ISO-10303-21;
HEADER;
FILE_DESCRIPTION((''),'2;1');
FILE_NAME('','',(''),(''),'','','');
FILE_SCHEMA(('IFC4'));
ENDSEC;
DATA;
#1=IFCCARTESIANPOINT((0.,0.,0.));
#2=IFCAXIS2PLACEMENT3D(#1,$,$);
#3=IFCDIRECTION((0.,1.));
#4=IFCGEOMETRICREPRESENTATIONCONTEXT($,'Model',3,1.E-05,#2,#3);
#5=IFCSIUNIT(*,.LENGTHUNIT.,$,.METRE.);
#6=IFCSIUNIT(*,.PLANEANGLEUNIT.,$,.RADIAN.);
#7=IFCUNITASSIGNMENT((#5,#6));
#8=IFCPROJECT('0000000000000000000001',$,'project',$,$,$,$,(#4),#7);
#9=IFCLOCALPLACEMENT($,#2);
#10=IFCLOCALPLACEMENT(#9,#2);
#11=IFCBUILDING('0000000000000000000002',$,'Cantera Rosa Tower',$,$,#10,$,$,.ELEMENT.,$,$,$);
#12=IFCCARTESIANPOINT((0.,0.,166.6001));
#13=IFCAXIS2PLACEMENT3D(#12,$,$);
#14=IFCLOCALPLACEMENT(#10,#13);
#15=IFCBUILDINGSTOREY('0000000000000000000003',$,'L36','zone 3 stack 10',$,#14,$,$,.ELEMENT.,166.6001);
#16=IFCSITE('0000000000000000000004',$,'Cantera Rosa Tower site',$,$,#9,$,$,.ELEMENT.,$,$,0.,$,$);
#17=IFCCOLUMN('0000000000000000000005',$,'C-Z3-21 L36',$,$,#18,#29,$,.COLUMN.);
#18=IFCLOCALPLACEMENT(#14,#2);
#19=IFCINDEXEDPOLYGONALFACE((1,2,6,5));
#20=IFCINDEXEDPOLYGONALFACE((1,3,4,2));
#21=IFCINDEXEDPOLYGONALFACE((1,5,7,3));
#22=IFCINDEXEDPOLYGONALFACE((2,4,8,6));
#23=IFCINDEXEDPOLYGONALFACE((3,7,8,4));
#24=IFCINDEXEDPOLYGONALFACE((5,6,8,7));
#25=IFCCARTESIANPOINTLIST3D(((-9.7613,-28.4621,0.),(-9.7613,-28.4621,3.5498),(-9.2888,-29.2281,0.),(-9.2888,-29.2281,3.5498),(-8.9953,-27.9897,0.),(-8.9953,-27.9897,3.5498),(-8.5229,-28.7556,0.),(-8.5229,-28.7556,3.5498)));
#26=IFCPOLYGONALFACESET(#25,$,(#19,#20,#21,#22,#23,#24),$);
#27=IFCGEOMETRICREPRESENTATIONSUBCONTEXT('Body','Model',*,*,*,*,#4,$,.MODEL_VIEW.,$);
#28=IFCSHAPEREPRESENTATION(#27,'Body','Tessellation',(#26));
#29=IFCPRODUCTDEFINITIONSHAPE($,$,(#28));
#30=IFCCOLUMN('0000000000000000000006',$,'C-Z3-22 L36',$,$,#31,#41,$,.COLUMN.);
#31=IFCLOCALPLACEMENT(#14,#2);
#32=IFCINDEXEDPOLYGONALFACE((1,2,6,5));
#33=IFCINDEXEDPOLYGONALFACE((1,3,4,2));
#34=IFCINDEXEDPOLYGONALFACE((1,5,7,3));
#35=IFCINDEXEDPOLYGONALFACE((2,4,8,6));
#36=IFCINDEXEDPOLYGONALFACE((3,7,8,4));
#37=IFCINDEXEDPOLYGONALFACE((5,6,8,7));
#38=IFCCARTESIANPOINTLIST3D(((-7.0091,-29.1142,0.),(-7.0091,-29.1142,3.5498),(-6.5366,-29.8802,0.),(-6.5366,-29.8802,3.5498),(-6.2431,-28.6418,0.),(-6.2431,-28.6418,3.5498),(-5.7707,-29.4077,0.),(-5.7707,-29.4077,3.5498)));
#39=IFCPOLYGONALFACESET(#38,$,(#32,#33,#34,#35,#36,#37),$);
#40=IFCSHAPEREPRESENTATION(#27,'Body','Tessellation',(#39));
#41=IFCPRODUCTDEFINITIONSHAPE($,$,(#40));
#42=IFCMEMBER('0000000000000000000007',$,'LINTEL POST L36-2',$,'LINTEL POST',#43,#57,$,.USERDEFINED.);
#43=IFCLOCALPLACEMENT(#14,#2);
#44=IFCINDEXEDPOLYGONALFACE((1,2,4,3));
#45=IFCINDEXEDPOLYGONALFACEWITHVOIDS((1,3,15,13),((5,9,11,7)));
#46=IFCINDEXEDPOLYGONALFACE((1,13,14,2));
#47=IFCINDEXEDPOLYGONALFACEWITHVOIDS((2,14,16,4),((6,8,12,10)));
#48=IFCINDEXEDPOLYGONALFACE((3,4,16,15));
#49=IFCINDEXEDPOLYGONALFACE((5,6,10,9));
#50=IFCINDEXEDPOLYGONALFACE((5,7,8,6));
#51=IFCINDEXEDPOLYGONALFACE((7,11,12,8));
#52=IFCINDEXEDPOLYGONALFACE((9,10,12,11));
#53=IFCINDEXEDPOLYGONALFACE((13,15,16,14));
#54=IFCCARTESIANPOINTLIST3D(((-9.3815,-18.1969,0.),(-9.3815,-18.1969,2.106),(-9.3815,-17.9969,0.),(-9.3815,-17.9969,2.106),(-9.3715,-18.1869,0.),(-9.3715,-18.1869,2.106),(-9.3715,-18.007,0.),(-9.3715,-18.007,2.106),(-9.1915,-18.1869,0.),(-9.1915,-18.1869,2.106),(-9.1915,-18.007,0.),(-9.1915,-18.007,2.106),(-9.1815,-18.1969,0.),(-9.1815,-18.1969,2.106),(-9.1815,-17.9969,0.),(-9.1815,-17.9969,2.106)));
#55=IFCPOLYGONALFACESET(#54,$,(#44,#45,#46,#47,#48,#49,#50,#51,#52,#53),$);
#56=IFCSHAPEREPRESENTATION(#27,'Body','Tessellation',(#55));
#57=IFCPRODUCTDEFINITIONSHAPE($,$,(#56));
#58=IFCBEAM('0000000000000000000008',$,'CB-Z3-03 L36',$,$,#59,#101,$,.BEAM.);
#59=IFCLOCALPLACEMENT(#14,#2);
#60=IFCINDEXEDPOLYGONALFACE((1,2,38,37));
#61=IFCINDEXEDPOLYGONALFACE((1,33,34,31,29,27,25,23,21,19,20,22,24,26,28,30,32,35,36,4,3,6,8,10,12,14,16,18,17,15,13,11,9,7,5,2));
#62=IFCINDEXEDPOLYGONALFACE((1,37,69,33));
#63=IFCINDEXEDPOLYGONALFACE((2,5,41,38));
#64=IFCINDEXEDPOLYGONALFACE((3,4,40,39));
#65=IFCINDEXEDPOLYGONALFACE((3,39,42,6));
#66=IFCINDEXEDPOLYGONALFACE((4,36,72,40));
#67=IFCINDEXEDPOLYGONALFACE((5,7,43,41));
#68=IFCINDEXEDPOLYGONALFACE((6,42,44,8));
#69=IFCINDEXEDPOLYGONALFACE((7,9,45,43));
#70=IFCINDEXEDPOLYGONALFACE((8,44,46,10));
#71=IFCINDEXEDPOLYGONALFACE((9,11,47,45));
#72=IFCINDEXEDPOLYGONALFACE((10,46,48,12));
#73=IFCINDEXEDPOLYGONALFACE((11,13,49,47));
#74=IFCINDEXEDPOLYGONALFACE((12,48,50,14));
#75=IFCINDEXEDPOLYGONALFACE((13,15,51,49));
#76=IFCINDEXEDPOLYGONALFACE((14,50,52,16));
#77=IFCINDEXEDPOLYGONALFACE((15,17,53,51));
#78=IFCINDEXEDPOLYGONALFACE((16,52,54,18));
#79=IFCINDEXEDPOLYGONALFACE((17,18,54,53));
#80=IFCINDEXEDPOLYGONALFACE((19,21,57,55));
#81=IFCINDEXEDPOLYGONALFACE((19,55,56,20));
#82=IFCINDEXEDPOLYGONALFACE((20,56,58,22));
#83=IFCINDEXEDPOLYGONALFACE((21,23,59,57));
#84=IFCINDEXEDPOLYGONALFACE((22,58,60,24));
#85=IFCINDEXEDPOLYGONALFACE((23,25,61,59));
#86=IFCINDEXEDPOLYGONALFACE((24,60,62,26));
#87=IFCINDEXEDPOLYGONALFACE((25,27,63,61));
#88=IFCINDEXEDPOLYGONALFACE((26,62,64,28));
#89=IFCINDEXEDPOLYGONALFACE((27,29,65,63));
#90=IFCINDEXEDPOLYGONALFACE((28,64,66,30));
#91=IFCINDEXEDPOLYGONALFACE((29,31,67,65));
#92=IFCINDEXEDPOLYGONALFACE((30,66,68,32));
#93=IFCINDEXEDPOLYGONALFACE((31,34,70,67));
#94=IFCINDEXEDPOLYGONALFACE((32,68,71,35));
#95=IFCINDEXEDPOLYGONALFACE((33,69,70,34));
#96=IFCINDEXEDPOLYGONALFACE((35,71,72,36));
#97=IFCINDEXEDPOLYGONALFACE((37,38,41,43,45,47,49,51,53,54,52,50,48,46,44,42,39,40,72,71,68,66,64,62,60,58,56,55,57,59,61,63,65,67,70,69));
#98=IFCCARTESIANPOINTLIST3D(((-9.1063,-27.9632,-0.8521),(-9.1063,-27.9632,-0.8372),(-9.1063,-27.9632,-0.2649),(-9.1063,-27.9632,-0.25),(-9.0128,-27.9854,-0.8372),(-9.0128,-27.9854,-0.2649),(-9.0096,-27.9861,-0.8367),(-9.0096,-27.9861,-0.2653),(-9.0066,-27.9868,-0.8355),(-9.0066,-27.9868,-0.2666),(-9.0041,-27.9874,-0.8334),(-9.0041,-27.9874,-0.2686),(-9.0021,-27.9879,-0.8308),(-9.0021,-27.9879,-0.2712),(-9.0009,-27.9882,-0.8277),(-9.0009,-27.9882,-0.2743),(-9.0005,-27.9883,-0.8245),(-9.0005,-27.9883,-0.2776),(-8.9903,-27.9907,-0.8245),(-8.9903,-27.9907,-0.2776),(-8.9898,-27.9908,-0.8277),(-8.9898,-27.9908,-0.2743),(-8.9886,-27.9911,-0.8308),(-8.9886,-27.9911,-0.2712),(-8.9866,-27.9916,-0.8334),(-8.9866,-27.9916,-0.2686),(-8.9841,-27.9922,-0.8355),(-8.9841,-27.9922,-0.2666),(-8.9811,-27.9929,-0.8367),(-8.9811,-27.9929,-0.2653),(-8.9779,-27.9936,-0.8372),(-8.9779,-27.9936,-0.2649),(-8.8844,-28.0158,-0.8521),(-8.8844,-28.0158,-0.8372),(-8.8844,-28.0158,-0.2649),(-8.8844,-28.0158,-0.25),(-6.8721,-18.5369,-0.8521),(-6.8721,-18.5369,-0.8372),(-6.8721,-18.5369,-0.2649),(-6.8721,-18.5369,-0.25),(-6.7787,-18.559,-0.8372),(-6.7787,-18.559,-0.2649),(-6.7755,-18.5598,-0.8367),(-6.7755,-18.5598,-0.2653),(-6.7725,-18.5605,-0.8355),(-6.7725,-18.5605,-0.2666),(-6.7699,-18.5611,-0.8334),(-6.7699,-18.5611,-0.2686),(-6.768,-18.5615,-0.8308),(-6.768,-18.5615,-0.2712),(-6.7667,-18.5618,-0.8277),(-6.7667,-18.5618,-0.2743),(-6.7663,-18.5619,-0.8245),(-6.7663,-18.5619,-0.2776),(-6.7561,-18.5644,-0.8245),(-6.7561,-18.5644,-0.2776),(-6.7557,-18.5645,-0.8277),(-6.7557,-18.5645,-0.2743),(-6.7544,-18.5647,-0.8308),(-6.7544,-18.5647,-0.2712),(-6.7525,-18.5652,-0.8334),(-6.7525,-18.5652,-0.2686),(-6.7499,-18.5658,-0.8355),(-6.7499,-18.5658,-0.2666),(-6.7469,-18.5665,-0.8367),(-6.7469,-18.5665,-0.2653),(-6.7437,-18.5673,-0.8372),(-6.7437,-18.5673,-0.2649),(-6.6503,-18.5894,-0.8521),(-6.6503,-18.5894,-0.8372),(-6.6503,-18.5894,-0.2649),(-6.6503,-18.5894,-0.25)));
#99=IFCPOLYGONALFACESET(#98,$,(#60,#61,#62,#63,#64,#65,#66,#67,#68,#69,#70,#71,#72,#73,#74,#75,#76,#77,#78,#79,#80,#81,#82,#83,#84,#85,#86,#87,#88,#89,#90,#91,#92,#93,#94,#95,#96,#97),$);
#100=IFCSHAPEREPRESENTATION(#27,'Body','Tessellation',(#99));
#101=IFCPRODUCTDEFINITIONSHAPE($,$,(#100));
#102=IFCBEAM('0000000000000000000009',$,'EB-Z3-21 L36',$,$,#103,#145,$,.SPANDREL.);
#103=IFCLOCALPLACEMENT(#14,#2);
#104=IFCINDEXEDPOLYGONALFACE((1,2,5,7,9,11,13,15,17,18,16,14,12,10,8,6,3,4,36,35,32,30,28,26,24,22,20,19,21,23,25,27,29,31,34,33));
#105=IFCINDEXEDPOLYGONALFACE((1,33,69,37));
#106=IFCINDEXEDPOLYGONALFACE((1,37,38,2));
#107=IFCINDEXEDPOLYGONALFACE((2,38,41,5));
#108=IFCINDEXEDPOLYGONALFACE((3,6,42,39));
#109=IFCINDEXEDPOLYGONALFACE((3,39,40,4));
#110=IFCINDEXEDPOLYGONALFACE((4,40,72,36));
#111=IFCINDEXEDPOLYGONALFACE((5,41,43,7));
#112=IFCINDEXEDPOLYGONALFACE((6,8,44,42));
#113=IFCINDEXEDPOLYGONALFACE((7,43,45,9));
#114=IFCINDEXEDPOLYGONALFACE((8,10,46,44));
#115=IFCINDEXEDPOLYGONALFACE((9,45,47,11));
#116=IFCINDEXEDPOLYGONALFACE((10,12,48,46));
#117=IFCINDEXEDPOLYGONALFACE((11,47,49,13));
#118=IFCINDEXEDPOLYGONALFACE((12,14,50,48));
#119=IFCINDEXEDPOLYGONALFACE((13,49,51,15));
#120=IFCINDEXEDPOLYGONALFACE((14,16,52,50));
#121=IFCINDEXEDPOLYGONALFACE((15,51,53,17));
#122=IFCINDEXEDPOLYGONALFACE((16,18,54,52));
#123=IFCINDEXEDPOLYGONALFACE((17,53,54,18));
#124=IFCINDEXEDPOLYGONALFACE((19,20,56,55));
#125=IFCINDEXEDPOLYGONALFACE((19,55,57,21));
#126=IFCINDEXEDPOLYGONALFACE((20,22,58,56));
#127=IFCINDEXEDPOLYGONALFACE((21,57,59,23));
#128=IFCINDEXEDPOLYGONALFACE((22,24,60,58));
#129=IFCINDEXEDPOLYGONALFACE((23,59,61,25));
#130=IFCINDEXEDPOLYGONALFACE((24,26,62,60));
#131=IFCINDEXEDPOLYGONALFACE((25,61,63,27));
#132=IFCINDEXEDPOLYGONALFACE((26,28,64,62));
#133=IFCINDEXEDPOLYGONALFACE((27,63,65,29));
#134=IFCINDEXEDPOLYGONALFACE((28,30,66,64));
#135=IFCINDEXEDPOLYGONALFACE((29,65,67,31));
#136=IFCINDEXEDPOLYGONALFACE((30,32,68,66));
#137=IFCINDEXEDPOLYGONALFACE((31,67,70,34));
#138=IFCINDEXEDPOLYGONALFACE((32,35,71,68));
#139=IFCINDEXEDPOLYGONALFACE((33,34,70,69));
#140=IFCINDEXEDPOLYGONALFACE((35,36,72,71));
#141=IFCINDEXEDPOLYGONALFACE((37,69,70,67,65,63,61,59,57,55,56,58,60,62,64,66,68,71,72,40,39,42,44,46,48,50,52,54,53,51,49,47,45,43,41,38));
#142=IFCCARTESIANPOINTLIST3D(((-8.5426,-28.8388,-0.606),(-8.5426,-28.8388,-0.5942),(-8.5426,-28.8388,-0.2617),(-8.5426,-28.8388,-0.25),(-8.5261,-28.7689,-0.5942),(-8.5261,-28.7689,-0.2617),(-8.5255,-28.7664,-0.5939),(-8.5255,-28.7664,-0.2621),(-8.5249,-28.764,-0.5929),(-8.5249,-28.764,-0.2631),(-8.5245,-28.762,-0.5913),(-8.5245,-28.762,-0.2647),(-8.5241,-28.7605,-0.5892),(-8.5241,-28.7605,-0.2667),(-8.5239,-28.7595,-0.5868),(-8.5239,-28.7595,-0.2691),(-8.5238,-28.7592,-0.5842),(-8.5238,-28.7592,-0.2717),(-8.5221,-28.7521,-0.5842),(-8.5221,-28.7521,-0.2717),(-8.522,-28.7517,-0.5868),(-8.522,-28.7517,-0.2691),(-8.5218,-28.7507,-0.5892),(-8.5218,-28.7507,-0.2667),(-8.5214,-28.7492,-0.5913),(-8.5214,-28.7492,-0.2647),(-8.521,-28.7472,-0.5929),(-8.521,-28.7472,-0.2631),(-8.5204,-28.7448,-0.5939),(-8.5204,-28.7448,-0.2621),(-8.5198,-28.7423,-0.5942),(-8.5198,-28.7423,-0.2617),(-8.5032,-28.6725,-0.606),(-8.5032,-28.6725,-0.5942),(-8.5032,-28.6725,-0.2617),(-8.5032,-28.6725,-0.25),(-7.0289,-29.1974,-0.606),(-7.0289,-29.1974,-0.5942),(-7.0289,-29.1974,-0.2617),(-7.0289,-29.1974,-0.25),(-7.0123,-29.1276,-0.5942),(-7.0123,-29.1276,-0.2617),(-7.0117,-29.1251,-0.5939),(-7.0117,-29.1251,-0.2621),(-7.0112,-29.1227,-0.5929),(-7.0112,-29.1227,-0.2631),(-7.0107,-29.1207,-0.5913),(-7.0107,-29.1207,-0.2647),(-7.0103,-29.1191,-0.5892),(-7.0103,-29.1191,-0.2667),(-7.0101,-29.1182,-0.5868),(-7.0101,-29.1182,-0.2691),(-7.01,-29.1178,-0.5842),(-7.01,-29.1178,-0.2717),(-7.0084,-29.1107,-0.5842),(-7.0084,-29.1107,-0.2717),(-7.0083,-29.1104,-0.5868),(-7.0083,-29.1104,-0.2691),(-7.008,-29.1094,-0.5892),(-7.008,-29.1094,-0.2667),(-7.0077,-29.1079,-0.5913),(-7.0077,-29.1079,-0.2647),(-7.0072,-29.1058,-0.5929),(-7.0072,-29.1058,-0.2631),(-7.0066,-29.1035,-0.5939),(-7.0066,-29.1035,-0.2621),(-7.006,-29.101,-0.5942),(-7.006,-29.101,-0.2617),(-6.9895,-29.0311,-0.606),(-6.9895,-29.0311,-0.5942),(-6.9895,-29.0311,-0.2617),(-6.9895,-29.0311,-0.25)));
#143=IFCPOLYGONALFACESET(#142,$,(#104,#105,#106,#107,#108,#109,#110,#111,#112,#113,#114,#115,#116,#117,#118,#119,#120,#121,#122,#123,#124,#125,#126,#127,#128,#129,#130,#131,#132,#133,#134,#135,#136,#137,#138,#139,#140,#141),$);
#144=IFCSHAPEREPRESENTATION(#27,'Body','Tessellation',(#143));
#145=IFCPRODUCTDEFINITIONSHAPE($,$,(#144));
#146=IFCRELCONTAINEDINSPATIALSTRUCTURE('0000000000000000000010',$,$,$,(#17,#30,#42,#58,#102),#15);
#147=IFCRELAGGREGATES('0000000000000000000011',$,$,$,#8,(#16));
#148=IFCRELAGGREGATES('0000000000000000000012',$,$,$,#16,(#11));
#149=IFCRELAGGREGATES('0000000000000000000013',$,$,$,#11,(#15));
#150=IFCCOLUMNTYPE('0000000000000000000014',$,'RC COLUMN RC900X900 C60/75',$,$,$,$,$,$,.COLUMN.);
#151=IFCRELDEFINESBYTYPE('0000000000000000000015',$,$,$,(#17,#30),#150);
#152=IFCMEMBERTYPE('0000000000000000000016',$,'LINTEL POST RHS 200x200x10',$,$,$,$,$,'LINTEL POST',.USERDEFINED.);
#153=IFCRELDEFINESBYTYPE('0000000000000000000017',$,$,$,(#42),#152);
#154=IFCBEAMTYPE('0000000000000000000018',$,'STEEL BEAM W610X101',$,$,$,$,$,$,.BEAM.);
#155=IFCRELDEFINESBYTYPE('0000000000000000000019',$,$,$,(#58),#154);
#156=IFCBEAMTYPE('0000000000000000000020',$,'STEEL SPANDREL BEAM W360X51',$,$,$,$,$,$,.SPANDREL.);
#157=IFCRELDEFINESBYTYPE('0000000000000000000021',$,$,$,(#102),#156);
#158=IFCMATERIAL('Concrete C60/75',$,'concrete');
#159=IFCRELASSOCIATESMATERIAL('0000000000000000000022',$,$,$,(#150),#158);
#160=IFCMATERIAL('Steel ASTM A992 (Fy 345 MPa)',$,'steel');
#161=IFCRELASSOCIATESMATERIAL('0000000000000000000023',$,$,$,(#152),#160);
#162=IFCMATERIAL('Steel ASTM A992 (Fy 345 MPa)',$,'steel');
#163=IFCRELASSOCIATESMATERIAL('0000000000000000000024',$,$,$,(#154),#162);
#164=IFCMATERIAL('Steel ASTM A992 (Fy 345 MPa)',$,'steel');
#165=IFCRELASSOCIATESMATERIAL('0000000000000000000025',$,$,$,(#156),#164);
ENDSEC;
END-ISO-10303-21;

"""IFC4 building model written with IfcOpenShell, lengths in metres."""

from ifc_helpers import new_model, si_unit, direction, frame, origin, origin_2d, place, context, subcontext, project, spatial, rectangle, hollow_rectangle, i_section, extrude, material, material_profile, profile_set, type_object, element, save


model = new_model("IFC4")

# Units and contexts
model_context = context("Model", 3, precision=1e-05, world=origin(), true_north=direction((0.0, 1.0)))
body_context = subcontext(model_context, "Body", "Model", "MODEL_VIEW")
ifc_project = project(units=[si_unit("LENGTHUNIT", "METRE"), si_unit("PLANEANGLEUNIT", "RADIAN")], contexts=[model_context])

# Site, building, storey
site_placement = place(None, origin())
site = spatial("IfcSite", under=ifc_project, at=site_placement, Name="Cantera Rosa Tower site", CompositionType="ELEMENT", RefElevation=0.0)
building_placement = place(site_placement, origin())
building = spatial("IfcBuilding", under=site, at=building_placement, Name="Cantera Rosa Tower", CompositionType="ELEMENT")
storey_placement = place(building_placement, frame((0.0, 0.0, 166.6001)))
storey = spatial("IfcBuildingStorey", under=building, at=storey_placement, Name="L36", Description="zone 3 stack 10", CompositionType="ELEMENT", Elevation=166.6001)

# Columns
ifc_material_1 = material(Name="Concrete C60/75", Category="concrete")
ifc_material_profile_1 = material_profile(ifc_material_1, rectangle(XDim=0.8999, YDim=0.8999, at=origin_2d()), Name="RC COLUMN RC900X900 C60/75")
ifc_profile_set_1 = profile_set([ifc_material_profile_1], Name="Concrete C60/75")
column_type = type_object("IfcColumnType", Name="RC COLUMN RC900X900 C60/75", PredefinedType="COLUMN", material=ifc_profile_set_1)
for number, where, z_axis, x_axis, name in (
    (1, (-9.1421, -28.6089, 0.0), (0.0, 0.0, 1.0), (0.851117, 0.524977, 0.0), "C-Z3-21 L36"),
    (2, (-6.3899, -29.261, 0.0), (0.0, 0.0, 1.0), (0.851117, 0.524977, 0.0), "C-Z3-22 L36"),
):
    element("IfcColumn", number, at=place(storey_placement, frame(where, z_axis=z_axis, x_axis=x_axis)), inside=storey, type_object=column_type, Name=name, PredefinedType="COLUMN", context=body_context, shape_type="SweptSolid", body=[
        extrude(rectangle(XDim=0.8999, YDim=0.8999, at=origin_2d()), origin(), (0.0, 0.0, 1.0), 3.5498),
    ])

# Member
ifc_material_2 = material(Name="Steel ASTM A992 (Fy 345 MPa)", Category="steel")
ifc_material_profile_2 = material_profile(ifc_material_2, hollow_rectangle(XDim=0.2, YDim=0.2, WallThickness=0.01, at=origin_2d()), Name="LINTEL POST RHS 200x200x10")
ifc_profile_set_2 = profile_set([ifc_material_profile_2], Name="Steel ASTM A992 (Fy 345 MPa)")
member_type = type_object("IfcMemberType", Name="LINTEL POST RHS 200x200x10", ElementType="LINTEL POST", PredefinedType="USERDEFINED", material=ifc_profile_set_2)
member_placement = place(storey_placement, frame((-9.2815, -18.0969, 0.0), z_axis=(0.0, 0.0, 1.0), x_axis=(1.0, 0.0, 0.0)))
element("IfcMember", 3, at=member_placement, inside=storey, type_object=member_type, Name="LINTEL POST L36-2", ObjectType="LINTEL POST", PredefinedType="USERDEFINED", context=body_context, shape_type="SweptSolid", body=[
    extrude(hollow_rectangle(XDim=0.2, YDim=0.2, WallThickness=0.01, at=origin_2d()), origin(), (0.0, 0.0, 1.0), 2.106),
])

# Beams
ifc_material_3 = material(Name="Steel ASTM A992 (Fy 345 MPa)", Category="steel")
ifc_material_profile_3 = material_profile(ifc_material_3, i_section(OverallWidth=0.228, OverallDepth=0.6021, WebThickness=0.0105, FlangeThickness=0.0149, FilletRadius=0.0127, at=origin_2d()), Name="W610X101")
ifc_profile_set_3 = profile_set([ifc_material_profile_3], Name="Steel ASTM A992 (Fy 345 MPa)")
beam_type_1 = type_object("IfcBeamType", Name="STEEL BEAM W610X101", PredefinedType="BEAM", material=ifc_profile_set_3)
beam_1_placement = place(storey_placement, frame((-8.9954, -27.9895, -0.551), z_axis=(0.230622, 0.973043, 0.0), x_axis=(-0.973043, 0.230622, 0.0)))
element("IfcBeam", 4, at=beam_1_placement, inside=storey, type_object=beam_type_1, Name="CB-Z3-03 L36", PredefinedType="BEAM", context=body_context, shape_type="SweptSolid", body=[
    extrude(i_section(OverallWidth=0.228, OverallDepth=0.6021, WebThickness=0.0105, FlangeThickness=0.0149, FilletRadius=0.0127, at=origin_2d()), origin(), (0.0, 0.0, 1.0), 9.6875),
])
ifc_material_4 = material(Name="Steel ASTM A992 (Fy 345 MPa)", Category="steel")
ifc_material_profile_4 = material_profile(ifc_material_4, i_section(OverallWidth=0.1709, OverallDepth=0.356, WebThickness=0.0073, FlangeThickness=0.0117, FilletRadius=0.01, at=origin_2d()), Name="W360X51")
ifc_profile_set_4 = profile_set([ifc_material_profile_4], Name="Steel ASTM A992 (Fy 345 MPa)")
beam_type_2 = type_object("IfcBeamType", Name="STEEL SPANDREL BEAM W360X51", PredefinedType="SPANDREL", material=ifc_profile_set_4)
beam_2_placement = place(storey_placement, frame((-8.5229, -28.7556, -0.428), z_axis=(0.97306, -0.230552, 0.0), x_axis=(0.230552, 0.97306, 0.0)))
element("IfcBeam", 5, at=beam_2_placement, inside=storey, type_object=beam_type_2, Name="EB-Z3-21 L36", PredefinedType="SPANDREL", context=body_context, shape_type="SweptSolid", body=[
    extrude(i_section(OverallWidth=0.1709, OverallDepth=0.356, WebThickness=0.0073, FlangeThickness=0.0117, FilletRadius=0.01, at=origin_2d()), origin(), (0.0, 0.0, 1.0), 1.5557),
])

save(model, "model.ifc")
